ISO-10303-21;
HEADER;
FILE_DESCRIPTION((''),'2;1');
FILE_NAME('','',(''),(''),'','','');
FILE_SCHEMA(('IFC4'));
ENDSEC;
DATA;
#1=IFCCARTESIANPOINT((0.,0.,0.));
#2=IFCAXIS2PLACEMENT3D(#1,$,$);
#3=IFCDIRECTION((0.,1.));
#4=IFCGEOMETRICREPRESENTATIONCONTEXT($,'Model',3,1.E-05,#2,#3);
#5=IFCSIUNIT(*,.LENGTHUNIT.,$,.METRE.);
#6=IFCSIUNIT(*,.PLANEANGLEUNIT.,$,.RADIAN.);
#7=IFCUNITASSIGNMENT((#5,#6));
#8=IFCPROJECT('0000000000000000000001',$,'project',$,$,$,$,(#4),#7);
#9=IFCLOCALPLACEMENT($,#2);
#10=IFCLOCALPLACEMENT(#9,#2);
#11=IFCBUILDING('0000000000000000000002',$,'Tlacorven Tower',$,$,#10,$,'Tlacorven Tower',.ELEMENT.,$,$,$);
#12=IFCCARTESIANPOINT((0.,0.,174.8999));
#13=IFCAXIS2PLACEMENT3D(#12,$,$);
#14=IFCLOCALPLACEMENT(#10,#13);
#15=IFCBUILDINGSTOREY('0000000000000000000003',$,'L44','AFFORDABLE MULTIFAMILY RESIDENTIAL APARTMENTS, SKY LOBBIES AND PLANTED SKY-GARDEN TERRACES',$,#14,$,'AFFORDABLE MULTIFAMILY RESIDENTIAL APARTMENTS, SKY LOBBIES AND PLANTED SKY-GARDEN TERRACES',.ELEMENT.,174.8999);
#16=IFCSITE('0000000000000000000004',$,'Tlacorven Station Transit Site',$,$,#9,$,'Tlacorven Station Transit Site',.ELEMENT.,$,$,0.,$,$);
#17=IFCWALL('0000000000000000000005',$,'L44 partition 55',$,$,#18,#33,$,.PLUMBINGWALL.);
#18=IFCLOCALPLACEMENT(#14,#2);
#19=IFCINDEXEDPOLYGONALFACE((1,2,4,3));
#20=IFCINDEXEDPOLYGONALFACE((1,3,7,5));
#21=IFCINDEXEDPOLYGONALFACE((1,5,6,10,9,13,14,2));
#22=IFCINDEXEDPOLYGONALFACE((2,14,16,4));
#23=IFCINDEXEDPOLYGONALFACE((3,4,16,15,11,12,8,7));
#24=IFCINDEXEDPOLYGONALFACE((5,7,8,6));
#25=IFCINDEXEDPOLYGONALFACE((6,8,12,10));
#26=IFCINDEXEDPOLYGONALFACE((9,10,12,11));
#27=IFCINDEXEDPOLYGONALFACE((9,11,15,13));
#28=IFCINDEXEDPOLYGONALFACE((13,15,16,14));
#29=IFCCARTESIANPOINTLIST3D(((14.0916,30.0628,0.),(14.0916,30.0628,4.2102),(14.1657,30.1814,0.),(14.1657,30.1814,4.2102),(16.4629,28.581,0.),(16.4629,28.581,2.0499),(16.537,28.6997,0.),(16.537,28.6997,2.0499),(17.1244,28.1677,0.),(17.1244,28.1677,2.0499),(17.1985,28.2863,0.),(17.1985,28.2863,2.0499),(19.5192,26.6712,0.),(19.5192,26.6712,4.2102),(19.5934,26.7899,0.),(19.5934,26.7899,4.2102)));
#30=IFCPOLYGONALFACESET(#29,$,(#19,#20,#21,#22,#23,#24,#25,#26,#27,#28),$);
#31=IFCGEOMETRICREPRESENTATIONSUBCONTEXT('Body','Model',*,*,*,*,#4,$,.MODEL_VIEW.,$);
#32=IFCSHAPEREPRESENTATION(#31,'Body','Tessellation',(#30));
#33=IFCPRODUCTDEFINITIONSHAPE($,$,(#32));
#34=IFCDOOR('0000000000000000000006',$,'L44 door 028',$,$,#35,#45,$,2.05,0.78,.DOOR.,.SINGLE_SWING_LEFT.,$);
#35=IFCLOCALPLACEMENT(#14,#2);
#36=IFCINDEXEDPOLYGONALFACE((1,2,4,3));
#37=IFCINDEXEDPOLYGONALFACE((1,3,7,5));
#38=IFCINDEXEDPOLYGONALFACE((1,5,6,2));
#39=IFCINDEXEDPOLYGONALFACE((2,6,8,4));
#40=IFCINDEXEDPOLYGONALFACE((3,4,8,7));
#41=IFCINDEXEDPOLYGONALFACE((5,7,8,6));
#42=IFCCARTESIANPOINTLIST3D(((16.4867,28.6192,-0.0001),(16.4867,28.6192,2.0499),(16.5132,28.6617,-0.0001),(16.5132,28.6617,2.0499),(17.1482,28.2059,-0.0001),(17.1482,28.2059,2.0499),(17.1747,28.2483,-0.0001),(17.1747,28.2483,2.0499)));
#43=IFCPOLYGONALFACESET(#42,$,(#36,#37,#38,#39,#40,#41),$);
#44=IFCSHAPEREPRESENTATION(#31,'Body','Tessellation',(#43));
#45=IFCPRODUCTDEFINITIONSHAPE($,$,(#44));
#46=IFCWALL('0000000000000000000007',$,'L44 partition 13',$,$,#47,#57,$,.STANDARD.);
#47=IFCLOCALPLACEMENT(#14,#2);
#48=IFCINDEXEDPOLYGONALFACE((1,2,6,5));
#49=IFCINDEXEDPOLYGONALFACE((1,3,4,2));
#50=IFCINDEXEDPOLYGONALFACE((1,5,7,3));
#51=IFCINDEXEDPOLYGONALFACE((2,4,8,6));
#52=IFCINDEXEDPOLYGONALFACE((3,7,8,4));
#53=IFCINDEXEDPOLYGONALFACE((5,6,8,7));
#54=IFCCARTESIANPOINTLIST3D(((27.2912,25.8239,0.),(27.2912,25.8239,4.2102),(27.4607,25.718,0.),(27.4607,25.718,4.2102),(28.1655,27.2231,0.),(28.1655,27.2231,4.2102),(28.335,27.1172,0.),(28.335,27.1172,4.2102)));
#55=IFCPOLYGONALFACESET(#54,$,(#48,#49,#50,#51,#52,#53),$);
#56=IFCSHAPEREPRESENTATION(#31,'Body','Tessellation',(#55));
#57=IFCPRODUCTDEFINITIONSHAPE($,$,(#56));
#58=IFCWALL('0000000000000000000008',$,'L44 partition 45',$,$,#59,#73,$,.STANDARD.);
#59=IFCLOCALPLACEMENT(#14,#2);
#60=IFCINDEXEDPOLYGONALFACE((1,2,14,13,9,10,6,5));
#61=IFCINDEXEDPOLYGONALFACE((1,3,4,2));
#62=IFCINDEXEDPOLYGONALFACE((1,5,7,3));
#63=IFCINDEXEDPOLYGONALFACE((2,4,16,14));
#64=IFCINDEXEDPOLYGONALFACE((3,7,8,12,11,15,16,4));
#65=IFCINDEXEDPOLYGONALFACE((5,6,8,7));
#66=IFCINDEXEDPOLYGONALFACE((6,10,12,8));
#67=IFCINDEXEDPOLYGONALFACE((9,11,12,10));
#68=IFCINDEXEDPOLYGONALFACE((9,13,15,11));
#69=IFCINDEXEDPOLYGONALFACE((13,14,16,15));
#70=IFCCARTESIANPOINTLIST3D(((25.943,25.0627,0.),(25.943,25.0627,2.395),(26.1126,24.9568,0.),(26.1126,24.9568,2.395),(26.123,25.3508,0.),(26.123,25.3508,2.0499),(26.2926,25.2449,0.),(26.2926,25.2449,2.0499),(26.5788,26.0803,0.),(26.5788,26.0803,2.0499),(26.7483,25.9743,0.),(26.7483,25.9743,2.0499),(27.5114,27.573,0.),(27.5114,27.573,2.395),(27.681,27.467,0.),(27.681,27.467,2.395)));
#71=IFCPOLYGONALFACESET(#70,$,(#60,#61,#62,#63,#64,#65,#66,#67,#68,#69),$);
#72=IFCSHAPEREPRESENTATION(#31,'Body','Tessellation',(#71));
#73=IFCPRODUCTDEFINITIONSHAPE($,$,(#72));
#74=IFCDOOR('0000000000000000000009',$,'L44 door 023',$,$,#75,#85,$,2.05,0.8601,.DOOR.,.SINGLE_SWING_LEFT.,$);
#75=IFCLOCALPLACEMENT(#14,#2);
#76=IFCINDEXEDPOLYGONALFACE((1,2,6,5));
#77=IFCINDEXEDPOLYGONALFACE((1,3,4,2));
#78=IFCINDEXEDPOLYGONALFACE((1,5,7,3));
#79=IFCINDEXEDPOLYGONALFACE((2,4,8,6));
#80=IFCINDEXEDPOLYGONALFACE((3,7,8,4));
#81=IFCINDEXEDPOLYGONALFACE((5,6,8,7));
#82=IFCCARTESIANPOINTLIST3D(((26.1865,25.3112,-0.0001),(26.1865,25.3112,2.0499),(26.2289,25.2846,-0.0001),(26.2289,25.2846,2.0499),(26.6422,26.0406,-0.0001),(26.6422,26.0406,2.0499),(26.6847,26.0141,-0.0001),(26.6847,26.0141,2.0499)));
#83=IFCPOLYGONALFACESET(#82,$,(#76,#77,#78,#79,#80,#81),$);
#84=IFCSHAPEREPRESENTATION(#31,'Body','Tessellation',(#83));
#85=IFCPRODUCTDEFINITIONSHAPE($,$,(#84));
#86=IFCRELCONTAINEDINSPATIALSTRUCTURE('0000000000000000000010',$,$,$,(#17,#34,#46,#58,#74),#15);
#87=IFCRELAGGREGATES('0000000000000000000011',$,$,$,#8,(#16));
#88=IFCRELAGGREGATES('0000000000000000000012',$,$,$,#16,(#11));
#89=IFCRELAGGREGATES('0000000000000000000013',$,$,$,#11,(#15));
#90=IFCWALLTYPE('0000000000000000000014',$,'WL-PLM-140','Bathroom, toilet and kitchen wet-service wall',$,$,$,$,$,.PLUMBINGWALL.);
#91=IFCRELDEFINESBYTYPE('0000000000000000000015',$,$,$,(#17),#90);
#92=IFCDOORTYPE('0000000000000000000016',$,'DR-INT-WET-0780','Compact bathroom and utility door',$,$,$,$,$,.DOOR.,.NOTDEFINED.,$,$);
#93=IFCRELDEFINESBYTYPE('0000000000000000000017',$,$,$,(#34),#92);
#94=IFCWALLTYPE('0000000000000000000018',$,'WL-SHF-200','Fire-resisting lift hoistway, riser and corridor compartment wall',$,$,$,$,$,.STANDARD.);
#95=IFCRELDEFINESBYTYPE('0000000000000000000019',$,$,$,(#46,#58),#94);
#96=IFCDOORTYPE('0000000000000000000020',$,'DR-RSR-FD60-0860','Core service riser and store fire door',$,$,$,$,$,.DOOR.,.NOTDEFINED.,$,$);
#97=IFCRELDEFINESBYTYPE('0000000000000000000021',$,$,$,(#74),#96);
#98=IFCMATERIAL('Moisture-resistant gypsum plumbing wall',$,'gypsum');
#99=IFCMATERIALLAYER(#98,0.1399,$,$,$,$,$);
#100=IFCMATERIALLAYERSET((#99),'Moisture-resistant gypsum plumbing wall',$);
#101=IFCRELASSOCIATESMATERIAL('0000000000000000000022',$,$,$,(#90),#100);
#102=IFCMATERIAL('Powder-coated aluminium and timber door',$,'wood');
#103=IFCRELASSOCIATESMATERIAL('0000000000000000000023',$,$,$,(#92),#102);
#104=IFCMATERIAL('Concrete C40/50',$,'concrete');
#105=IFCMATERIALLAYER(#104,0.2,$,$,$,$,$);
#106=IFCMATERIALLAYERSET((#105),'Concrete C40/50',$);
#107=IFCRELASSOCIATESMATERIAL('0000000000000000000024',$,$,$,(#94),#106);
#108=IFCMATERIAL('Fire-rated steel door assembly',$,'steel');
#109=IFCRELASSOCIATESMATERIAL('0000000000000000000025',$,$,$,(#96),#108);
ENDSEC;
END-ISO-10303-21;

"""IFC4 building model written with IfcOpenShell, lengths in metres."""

from ifc_helpers import new_model, si_unit, direction, frame, frame_2d, origin, place, context, subcontext, project, spatial, rectangle, extrude, source, transform, mapped, material, layer, layer_set, type_object, element, fill, save


model = new_model("IFC4")

# Units and contexts
model_context = context("Model", 3, precision=1e-05, world=origin(), true_north=direction((0.0, 1.0)))
body_context = subcontext(model_context, "Body", "Model", "MODEL_VIEW")
ifc_project = project(units=[si_unit("LENGTHUNIT", "METRE"), si_unit("PLANEANGLEUNIT", "RADIAN")], contexts=[model_context])

# Site, building, storey
site_placement = place(None, origin())
site = spatial("IfcSite", under=ifc_project, at=site_placement, Name="Tlacorven Station Transit Site", LongName="Tlacorven Station Transit Site", CompositionType="ELEMENT", RefElevation=0.0)
building_placement = place(site_placement, origin())
building = spatial("IfcBuilding", under=site, at=building_placement, Name="Tlacorven Tower", LongName="Tlacorven Tower", CompositionType="ELEMENT")
storey_placement = place(building_placement, frame((0.0, 0.0, 174.8999)))
storey = spatial("IfcBuildingStorey", under=building, at=storey_placement, Name="L44", Description="AFFORDABLE MULTIFAMILY RESIDENTIAL APARTMENTS, SKY LOBBIES AND PLANTED SKY-GARDEN TERRACES", LongName="AFFORDABLE MULTIFAMILY RESIDENTIAL APARTMENTS, SKY LOBBIES AND PLANTED SKY-GARDEN TERRACES", CompositionType="ELEMENT", Elevation=174.8999)

# Shared definitions
ifc_material_1 = material(Name="Fire-rated steel door assembly", Category="steel")

# Wall, opening, door
ifc_material_2 = material(Name="Moisture-resistant gypsum plumbing wall", Category="gypsum")
ifc_layer_1 = layer(ifc_material_2, 0.1399)
ifc_layer_set_1 = layer_set([ifc_layer_1], Name="Moisture-resistant gypsum plumbing wall")
wall_type_1 = type_object("IfcWallType", Name="WL-PLM-140", Description="Bathroom, toilet and kitchen wet-service wall", PredefinedType="PLUMBINGWALL", material=ifc_layer_set_1)
wall_1_placement = place(storey_placement, frame((19.5564, 26.7305, 0.0), z_axis=(0.0, 0.0, 1.0), x_axis=(-0.84805, 0.529917, 0.0)))
wall_1 = element("IfcWall", 1, at=wall_1_placement, inside=storey, type_object=wall_type_1, Name="L44 partition 55", PredefinedType="PLUMBINGWALL", context=body_context, shape_type="SweptSolid", body=[
    extrude(rectangle(XDim=6.4001, YDim=0.1399, at=frame_2d((3.2002, 0.0))), origin(), (0.0, 0.0, 1.0), 4.2102),
])
opening_1_placement = place(wall_1_placement, frame((2.824, 0.0, 0.0)))
opening_1 = element("IfcOpeningElement", 2, at=opening_1_placement, cuts=wall_1, PredefinedType="OPENING", context=body_context, shape_type="SweptSolid", body=[
    extrude(rectangle(XDim=0.78, YDim=2.05, at=frame_2d((0.3901, 1.0249))), frame((0.0, 0.0801, 0.0), z_axis=(0.0, -1.0, 0.0), x_axis=(1.0, 0.0, 0.0)), (0.0, 0.0, 1.0), 0.1599),
])
ifc_material_3 = material(Name="Powder-coated aluminium and timber door", Category="wood")
door_type_1 = type_object("IfcDoorType", Name="DR-INT-WET-0780", Description="Compact bathroom and utility door", OperationType="NOTDEFINED", PredefinedType="DOOR", material=ifc_material_3)
shared_shape_1 = source(origin(), body_context, "Body", "SweptSolid", [
    extrude(rectangle(XDim=0.78, YDim=2.05, at=frame_2d((0.3901, 1.0249))), frame((0.0, 0.0249, 0.0), z_axis=(0.0, -1.0, 0.0), x_axis=(1.0, 0.0, 0.0)), (0.0, 0.0, 1.0), 0.05),
])
door_1_placement = place(opening_1_placement, origin())
door_1 = element("IfcDoor", 3, at=door_1_placement, inside=storey, type_object=door_type_1, Name="L44 door 028", OperationType="SINGLE_SWING_LEFT", OverallHeight=2.05, OverallWidth=0.78, PredefinedType="DOOR", context=body_context, shape_type="MappedRepresentation", body=[
    mapped(shared_shape_1, transform((0.0, 0.0, 0.0), scale=1.0)),
])
fill(opening_1, door_1)

# Wall
ifc_material_4 = material(Name="Concrete C40/50", Category="concrete")
ifc_layer_2 = layer(ifc_material_4, 0.2)
ifc_layer_set_2 = layer_set([ifc_layer_2], Name="Concrete C40/50")
wall_type_2 = type_object("IfcWallType", Name="WL-SHF-200", Description="Fire-resisting lift hoistway, riser and corridor compartment wall", PredefinedType="STANDARD", material=ifc_layer_set_2)
wall_2_placement = place(storey_placement, frame((28.2502, 27.1702, 0.0), z_axis=(0.0, 0.0, 1.0), x_axis=(-0.529906, -0.848056, 0.0)))
element("IfcWall", 4, at=wall_2_placement, inside=storey, type_object=wall_type_2, Name="L44 partition 13", PredefinedType="STANDARD", context=body_context, shape_type="SweptSolid", body=[
    extrude(rectangle(XDim=1.6499, YDim=0.2, at=frame_2d((0.825, 0.0))), origin(), (0.0, 0.0, 1.0), 4.2102),
])

# Wall, opening, door
wall_3_placement = place(storey_placement, frame((27.5962, 27.52, 0.0), z_axis=(0.0, 0.0, 1.0), x_axis=(-0.529865, -0.848082, 0.0)))
wall_3 = element("IfcWall", 5, at=wall_3_placement, inside=storey, type_object=wall_type_2, Name="L44 partition 45", PredefinedType="STANDARD", context=body_context, shape_type="SweptSolid", body=[
    extrude(rectangle(XDim=2.96, YDim=0.2, at=frame_2d((1.48, 0.0))), origin(), (0.0, 0.0, 1.0), 2.395),
])
opening_2_placement = place(wall_3_placement, frame((1.76, 0.0, 0.0)))
opening_2 = element("IfcOpeningElement", 6, at=opening_2_placement, cuts=wall_3, PredefinedType="OPENING", context=body_context, shape_type="SweptSolid", body=[
    extrude(rectangle(XDim=0.8601, YDim=2.05, at=frame_2d((0.4302, 1.0249))), frame((0.0, 0.1099, 0.0), z_axis=(0.0, -1.0, 0.0), x_axis=(1.0, 0.0, 0.0)), (0.0, 0.0, 1.0), 0.22),
])
door_type_2 = type_object("IfcDoorType", Name="DR-RSR-FD60-0860", Description="Core service riser and store fire door", OperationType="NOTDEFINED", PredefinedType="DOOR", material=ifc_material_1)
shared_shape_2 = source(origin(), body_context, "Body", "SweptSolid", [
    extrude(rectangle(XDim=0.8601, YDim=2.05, at=frame_2d((0.4302, 1.0249))), frame((0.0, 0.0249, 0.0), z_axis=(0.0, -1.0, 0.0), x_axis=(1.0, 0.0, 0.0)), (0.0, 0.0, 1.0), 0.05),
])
door_2_placement = place(opening_2_placement, origin())
door_2 = element("IfcDoor", 7, at=door_2_placement, inside=storey, type_object=door_type_2, Name="L44 door 023", OperationType="SINGLE_SWING_LEFT", OverallHeight=2.05, OverallWidth=0.8601, PredefinedType="DOOR", context=body_context, shape_type="MappedRepresentation", body=[
    mapped(shared_shape_2, transform((0.0, 0.0, 0.0), scale=1.0)),
])
fill(opening_2, door_2)

save(model, "model.ifc")
